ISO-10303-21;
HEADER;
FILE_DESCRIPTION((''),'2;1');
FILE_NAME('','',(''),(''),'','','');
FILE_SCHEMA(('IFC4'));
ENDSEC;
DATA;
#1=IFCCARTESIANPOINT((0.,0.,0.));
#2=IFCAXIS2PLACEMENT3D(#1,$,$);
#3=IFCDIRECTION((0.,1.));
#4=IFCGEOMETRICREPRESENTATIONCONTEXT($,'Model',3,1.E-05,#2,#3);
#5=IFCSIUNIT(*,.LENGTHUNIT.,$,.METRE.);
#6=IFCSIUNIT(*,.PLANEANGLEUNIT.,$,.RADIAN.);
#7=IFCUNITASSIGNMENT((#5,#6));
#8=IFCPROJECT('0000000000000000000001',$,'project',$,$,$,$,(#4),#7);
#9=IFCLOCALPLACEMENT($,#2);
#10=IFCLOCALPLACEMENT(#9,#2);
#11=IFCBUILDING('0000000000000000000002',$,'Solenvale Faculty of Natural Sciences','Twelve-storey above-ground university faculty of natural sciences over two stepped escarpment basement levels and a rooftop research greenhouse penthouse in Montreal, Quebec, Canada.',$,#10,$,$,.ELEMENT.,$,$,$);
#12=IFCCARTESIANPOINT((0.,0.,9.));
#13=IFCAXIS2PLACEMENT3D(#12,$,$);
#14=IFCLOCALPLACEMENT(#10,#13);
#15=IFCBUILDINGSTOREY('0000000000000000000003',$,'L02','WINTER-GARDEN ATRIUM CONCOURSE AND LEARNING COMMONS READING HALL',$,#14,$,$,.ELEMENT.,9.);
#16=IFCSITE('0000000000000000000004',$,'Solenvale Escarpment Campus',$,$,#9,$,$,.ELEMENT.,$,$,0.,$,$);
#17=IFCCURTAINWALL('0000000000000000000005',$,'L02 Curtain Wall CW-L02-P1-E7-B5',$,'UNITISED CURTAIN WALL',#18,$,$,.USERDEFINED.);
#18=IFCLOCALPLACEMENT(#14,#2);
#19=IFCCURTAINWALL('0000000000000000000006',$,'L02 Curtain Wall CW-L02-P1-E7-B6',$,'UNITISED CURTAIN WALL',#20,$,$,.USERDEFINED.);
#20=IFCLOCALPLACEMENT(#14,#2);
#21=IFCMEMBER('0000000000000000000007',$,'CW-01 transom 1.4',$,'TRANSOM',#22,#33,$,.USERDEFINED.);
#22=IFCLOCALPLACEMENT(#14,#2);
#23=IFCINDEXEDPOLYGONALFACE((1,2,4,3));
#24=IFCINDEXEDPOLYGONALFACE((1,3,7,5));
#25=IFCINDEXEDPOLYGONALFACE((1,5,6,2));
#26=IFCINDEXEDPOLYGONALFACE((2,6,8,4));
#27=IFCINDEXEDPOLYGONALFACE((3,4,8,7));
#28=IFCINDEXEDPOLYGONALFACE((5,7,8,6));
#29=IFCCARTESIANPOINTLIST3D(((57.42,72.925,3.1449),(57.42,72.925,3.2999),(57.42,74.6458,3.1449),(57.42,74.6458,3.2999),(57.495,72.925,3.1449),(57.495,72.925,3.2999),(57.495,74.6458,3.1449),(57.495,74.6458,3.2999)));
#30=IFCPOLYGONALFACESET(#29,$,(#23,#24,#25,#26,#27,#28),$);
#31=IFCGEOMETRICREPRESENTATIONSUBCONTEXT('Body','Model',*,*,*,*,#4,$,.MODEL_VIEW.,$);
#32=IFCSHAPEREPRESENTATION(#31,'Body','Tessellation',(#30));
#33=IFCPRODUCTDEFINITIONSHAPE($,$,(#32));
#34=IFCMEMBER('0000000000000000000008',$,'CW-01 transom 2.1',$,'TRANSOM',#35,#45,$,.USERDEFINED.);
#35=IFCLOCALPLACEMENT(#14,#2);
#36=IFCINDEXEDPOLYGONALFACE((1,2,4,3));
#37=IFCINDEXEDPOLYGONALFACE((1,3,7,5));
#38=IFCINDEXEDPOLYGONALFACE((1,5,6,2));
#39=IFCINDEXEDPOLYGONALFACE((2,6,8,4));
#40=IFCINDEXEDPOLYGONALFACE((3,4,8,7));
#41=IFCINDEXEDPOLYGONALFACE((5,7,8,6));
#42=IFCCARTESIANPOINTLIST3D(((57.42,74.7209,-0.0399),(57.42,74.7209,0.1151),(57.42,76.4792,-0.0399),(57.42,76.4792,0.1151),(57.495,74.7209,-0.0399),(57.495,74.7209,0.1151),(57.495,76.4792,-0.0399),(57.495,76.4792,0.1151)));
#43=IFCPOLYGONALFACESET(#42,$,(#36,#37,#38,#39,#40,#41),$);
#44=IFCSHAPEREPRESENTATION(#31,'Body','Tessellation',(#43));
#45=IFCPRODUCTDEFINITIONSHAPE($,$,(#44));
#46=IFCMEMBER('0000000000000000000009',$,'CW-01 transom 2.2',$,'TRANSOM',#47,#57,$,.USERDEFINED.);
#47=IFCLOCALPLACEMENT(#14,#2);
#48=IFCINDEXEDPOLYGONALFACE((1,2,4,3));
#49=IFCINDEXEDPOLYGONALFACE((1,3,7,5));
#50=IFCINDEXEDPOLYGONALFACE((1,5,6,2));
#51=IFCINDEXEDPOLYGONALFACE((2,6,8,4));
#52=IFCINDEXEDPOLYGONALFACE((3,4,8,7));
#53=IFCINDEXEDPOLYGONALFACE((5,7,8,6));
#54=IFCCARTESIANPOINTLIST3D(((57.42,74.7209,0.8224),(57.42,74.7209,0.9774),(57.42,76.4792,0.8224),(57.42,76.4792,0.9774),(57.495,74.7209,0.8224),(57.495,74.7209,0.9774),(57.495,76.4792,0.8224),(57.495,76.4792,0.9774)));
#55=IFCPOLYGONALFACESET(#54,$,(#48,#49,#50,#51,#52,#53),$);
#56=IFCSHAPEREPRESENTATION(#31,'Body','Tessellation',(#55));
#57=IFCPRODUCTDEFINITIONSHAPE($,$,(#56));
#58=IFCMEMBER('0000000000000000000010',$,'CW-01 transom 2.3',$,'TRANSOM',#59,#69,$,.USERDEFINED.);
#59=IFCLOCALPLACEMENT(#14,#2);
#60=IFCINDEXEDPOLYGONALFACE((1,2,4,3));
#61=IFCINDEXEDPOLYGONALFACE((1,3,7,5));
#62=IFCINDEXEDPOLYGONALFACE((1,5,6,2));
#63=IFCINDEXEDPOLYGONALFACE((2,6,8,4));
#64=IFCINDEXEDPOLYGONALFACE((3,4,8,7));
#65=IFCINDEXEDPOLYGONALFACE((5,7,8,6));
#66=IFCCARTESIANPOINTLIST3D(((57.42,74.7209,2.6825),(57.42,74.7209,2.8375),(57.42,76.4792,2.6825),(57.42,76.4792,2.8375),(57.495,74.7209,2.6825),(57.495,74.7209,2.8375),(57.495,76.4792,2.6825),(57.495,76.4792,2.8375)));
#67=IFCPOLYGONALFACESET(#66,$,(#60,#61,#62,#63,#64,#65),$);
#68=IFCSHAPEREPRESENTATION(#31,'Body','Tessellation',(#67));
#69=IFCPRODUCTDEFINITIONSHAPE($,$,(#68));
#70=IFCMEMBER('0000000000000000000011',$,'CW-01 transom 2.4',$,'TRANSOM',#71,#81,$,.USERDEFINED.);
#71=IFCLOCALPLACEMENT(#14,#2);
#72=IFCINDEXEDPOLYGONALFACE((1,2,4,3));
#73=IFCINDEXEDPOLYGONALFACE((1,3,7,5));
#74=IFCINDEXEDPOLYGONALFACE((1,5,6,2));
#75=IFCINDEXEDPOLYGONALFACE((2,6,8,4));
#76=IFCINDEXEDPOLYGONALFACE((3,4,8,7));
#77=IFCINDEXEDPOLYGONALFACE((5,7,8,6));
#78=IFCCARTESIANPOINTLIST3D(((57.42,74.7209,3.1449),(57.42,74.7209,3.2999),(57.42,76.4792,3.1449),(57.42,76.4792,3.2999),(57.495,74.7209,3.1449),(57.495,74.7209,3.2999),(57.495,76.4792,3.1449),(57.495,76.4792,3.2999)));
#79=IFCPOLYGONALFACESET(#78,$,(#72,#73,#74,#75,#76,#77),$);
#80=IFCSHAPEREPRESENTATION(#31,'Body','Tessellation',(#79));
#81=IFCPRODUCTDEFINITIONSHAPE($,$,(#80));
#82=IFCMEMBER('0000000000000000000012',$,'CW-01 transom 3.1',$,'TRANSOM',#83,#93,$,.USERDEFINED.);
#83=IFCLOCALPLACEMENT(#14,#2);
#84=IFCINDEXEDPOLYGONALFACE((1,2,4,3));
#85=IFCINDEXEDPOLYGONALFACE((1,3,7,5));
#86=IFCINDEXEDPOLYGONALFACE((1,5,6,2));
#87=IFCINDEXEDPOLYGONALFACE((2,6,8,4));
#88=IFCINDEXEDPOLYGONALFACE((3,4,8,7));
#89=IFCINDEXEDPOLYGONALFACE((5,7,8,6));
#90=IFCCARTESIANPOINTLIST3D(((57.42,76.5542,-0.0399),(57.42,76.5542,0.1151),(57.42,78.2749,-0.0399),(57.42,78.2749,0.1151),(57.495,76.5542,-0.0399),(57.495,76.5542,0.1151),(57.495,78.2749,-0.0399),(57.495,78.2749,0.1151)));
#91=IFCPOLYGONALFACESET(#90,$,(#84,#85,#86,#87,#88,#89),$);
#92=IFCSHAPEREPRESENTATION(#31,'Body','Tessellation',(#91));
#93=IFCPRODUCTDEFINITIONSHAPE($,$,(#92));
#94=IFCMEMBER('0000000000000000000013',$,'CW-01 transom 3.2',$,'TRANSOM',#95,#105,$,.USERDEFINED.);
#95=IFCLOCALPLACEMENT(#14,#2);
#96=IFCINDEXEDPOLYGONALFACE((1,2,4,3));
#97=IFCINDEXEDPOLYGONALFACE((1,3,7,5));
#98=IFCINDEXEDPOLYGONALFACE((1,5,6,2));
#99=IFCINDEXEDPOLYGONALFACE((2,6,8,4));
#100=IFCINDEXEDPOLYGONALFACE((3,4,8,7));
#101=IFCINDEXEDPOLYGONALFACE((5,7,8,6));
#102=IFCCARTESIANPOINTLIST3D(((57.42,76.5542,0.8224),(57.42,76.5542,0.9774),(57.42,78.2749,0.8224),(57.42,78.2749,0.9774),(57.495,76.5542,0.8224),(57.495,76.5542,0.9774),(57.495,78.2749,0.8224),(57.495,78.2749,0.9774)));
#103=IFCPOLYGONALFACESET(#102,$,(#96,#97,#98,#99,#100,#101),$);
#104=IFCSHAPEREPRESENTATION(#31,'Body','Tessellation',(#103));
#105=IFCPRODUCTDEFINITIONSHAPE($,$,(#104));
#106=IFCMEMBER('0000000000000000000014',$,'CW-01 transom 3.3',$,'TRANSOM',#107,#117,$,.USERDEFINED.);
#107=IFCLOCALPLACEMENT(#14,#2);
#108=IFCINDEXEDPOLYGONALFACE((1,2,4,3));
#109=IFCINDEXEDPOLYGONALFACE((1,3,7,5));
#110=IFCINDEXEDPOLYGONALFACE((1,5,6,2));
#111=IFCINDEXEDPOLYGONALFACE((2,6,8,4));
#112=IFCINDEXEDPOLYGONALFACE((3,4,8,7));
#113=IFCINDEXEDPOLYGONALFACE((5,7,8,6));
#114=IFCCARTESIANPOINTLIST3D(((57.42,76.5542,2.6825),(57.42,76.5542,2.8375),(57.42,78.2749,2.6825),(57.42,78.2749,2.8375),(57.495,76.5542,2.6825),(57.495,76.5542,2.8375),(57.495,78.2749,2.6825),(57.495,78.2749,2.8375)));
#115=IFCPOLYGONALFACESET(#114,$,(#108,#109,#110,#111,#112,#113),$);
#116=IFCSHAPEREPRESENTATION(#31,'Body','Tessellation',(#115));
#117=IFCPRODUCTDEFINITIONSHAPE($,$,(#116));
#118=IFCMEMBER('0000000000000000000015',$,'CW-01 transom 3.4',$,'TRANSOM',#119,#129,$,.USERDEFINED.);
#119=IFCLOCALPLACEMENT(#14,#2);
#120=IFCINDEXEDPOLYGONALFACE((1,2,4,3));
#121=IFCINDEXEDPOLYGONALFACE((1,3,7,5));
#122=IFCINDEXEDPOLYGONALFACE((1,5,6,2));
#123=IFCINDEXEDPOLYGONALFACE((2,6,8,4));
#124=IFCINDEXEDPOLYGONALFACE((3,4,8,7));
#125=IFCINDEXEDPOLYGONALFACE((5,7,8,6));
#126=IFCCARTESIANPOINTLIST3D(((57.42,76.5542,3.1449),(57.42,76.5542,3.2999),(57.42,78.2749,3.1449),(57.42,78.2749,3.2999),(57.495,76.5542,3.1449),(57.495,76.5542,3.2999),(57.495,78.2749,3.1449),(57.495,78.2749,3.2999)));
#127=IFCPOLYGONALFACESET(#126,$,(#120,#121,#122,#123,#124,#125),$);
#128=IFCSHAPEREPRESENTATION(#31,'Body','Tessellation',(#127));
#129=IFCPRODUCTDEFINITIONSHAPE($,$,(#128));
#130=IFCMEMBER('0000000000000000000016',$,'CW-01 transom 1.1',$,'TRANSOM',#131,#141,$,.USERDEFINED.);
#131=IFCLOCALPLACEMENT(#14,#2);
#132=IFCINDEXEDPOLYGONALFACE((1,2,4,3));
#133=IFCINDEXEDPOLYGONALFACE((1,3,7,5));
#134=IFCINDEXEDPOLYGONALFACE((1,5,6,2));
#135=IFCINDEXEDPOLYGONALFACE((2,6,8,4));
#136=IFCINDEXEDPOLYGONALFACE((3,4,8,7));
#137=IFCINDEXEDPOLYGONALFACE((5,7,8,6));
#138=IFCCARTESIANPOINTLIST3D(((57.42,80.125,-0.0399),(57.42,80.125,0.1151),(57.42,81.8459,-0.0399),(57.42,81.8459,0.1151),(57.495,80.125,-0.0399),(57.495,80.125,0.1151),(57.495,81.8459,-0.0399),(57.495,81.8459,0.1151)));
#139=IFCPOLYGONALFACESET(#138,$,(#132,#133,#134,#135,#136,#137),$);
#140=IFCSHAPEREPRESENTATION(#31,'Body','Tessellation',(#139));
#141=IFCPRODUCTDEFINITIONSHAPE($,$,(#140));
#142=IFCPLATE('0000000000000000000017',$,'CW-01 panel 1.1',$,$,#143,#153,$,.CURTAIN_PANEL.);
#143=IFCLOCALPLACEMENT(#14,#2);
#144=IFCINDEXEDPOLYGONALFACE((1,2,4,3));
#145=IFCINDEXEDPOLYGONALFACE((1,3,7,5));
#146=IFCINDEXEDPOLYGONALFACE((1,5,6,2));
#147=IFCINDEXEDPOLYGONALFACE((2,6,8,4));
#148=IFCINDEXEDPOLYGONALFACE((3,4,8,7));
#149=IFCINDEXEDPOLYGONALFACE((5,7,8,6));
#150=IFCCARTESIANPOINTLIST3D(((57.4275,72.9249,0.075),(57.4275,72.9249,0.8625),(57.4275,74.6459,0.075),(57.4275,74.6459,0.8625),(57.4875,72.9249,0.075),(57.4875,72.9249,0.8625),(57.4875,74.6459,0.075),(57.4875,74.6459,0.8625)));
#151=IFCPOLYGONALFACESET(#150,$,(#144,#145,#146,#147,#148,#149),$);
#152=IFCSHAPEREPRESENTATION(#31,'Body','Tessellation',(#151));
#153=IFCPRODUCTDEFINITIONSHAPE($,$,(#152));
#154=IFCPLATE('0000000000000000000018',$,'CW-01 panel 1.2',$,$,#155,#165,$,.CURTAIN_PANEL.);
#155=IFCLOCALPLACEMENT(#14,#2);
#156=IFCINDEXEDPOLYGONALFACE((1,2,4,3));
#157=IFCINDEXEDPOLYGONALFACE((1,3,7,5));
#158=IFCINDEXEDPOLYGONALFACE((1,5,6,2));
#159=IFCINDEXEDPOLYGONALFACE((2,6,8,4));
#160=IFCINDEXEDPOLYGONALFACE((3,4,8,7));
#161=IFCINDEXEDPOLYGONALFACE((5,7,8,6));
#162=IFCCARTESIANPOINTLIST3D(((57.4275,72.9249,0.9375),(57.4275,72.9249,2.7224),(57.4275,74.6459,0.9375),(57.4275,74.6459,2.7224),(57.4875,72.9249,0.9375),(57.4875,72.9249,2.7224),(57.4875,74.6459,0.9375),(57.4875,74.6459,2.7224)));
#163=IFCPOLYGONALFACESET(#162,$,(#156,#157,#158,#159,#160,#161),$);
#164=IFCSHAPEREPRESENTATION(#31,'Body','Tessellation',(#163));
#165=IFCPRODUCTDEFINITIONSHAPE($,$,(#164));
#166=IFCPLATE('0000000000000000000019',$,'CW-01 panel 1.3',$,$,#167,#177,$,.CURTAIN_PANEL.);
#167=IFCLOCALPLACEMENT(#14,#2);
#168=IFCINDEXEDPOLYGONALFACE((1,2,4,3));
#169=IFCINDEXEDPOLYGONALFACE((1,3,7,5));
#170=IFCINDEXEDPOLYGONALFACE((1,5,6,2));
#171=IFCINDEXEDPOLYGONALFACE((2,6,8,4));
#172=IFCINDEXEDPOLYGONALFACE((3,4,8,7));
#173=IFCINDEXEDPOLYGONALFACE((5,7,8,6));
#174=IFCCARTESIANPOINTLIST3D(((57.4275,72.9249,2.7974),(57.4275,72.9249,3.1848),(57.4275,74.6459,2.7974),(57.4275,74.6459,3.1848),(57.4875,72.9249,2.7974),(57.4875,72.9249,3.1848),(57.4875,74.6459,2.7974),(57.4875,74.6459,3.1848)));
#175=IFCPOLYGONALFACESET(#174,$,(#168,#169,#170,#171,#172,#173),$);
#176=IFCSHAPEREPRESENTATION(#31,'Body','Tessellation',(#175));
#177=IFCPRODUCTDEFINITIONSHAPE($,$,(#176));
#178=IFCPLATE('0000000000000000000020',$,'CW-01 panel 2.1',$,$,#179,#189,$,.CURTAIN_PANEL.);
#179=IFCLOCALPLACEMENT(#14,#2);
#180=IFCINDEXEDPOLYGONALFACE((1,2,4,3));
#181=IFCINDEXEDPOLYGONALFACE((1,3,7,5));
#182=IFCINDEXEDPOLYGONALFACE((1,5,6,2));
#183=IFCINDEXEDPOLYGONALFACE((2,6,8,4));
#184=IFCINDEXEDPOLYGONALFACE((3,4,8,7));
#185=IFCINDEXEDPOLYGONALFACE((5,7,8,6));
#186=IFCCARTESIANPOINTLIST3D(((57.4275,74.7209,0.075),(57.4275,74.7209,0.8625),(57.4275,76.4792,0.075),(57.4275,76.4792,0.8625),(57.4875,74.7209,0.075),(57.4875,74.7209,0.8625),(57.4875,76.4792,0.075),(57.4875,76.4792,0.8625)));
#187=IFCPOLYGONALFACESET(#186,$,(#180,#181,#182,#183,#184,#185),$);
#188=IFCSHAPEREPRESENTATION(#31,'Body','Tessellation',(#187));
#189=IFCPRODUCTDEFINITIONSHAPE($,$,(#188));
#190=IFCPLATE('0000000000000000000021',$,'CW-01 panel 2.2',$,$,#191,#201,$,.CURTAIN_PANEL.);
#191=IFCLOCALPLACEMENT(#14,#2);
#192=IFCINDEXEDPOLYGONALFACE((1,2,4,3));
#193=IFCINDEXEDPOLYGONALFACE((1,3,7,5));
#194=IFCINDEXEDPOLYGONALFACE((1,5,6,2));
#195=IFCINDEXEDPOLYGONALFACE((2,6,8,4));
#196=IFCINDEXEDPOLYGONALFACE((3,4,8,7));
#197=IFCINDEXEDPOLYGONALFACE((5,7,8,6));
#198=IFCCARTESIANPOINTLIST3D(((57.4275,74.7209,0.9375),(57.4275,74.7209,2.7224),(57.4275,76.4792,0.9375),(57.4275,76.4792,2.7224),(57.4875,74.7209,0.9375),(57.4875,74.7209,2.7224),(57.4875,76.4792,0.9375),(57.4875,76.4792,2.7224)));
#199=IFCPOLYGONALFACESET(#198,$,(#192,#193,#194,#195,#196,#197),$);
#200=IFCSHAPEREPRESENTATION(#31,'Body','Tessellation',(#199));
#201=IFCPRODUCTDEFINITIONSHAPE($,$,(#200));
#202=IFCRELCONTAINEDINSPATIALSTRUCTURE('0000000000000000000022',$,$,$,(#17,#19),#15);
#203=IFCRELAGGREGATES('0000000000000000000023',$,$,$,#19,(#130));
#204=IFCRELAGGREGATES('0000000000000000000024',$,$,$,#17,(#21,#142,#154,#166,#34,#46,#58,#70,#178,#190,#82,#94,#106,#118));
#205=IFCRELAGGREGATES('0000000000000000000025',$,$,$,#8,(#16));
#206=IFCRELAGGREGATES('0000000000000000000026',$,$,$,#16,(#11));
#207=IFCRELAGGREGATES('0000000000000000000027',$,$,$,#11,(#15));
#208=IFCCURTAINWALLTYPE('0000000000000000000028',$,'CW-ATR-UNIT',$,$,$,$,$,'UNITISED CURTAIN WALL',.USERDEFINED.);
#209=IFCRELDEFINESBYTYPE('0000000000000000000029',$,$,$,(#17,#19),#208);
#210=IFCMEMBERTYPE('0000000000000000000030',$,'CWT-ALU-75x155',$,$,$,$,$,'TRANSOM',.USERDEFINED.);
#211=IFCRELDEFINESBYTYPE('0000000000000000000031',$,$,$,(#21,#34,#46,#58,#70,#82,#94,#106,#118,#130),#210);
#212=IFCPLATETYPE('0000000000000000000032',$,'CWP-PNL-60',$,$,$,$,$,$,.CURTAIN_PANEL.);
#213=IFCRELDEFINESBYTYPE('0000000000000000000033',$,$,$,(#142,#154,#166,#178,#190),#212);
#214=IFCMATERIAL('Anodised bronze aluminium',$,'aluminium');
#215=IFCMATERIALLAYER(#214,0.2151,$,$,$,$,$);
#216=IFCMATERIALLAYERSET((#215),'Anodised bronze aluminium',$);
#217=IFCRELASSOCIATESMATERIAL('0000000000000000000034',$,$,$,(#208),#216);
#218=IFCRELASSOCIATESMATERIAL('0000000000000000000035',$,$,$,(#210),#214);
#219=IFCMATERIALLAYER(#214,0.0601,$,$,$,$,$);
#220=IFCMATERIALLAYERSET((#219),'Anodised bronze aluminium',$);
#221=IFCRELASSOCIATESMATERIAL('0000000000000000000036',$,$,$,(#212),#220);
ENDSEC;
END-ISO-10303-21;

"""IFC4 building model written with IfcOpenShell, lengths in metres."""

from ifc_helpers import new_model, si_unit, direction, frame, origin, origin_2d, place, context, subcontext, project, spatial, rectangle, extrude, material, layer, layer_set, material_profile, profile_set, type_object, element, aggregate, save


model = new_model("IFC4")

# Units and contexts
model_context = context("Model", 3, precision=1e-05, world=origin(), true_north=direction((0.0, 1.0)))
body_context = subcontext(model_context, "Body", "Model", "MODEL_VIEW")
ifc_project = project(units=[si_unit("LENGTHUNIT", "METRE"), si_unit("PLANEANGLEUNIT", "RADIAN")], contexts=[model_context])

# Site, building, storey
site_placement = place(None, origin())
site = spatial("IfcSite", under=ifc_project, at=site_placement, Name="Solenvale Escarpment Campus", CompositionType="ELEMENT", RefElevation=0.0)
building_placement = place(site_placement, origin())
building = spatial("IfcBuilding", under=site, at=building_placement, Name="Solenvale Faculty of Natural Sciences", Description="Twelve-storey above-ground university faculty of natural sciences over two stepped escarpment basement levels and a rooftop research greenhouse penthouse in Montreal, Quebec, Canada.", CompositionType="ELEMENT")
storey_placement = place(building_placement, frame((0.0, 0.0, 9.0)))
storey = spatial("IfcBuildingStorey", under=building, at=storey_placement, Name="L02", Description="WINTER-GARDEN ATRIUM CONCOURSE AND LEARNING COMMONS READING HALL", CompositionType="ELEMENT", Elevation=9.0)

# Curtain wall
ifc_material_1 = material(Name="Anodised bronze aluminium", Category="aluminium")
ifc_layer_1 = layer(ifc_material_1, 0.2151)
ifc_layer_set_1 = layer_set([ifc_layer_1], Name="Anodised bronze aluminium")
curtain_wall_type = type_object("IfcCurtainWallType", Name="CW-ATR-UNIT", ElementType="UNITISED CURTAIN WALL", PredefinedType="USERDEFINED", material=ifc_layer_set_1)
curtain_wall_1_placement = place(storey_placement, origin())
curtain_wall_1 = element("IfcCurtainWall", 1, at=curtain_wall_1_placement, inside=storey, type_object=curtain_wall_type, Name="L02 Curtain Wall CW-L02-P1-E7-B5", ObjectType="UNITISED CURTAIN WALL", PredefinedType="USERDEFINED")

# Curtain wall
curtain_wall_2_placement = place(storey_placement, origin())
curtain_wall_2 = element("IfcCurtainWall", 2, at=curtain_wall_2_placement, inside=storey, type_object=curtain_wall_type, Name="L02 Curtain Wall CW-L02-P1-E7-B6", ObjectType="UNITISED CURTAIN WALL", PredefinedType="USERDEFINED")

# Members
ifc_material_profile_1 = material_profile(ifc_material_1, rectangle(XDim=0.075, YDim=0.155, at=origin_2d()), Name="ALU-TRN-75x155")
ifc_profile_set_1 = profile_set([ifc_material_profile_1], Name="Anodised bronze aluminium")
member_type_1 = type_object("IfcMemberType", Name="CWT-ALU-75x155", ElementType="TRANSOM", PredefinedType="USERDEFINED", material=ifc_profile_set_1)
member_1_placement = place(storey_placement, frame((57.4575, 72.925, 3.2224), z_axis=(0.0, 1.0, 0.0), x_axis=(-1.0, 0.0, 0.0)))
member_1 = element("IfcMember", 3, at=member_1_placement, type_object=member_type_1, Name="CW-01 transom 1.4", ObjectType="TRANSOM", PredefinedType="USERDEFINED", context=body_context, shape_type="SweptSolid", body=[
    extrude(rectangle(XDim=0.075, YDim=0.155, at=origin_2d()), origin(), (0.0, 0.0, 1.0), 1.7207),
])
member_2_placement = place(storey_placement, frame((57.4575, 74.7209, 0.0376), z_axis=(0.0, 1.0, 0.0), x_axis=(-1.0, 0.0, 0.0)))
member_2 = element("IfcMember", 4, at=member_2_placement, type_object=member_type_1, Name="CW-01 transom 2.1", ObjectType="TRANSOM", PredefinedType="USERDEFINED", context=body_context, shape_type="SweptSolid", body=[
    extrude(rectangle(XDim=0.075, YDim=0.155, at=origin_2d()), origin(), (0.0, 0.0, 1.0), 1.7583),
])
member_3_placement = place(storey_placement, frame((57.4575, 74.7209, 0.8999), z_axis=(0.0, 1.0, 0.0), x_axis=(-1.0, 0.0, 0.0)))
member_3 = element("IfcMember", 5, at=member_3_placement, type_object=member_type_1, Name="CW-01 transom 2.2", ObjectType="TRANSOM", PredefinedType="USERDEFINED", context=body_context, shape_type="SweptSolid", body=[
    extrude(rectangle(XDim=0.075, YDim=0.155, at=origin_2d()), origin(), (0.0, 0.0, 1.0), 1.7583),
])
member_4_placement = place(storey_placement, frame((57.4575, 74.7209, 2.76), z_axis=(0.0, 1.0, 0.0), x_axis=(-1.0, 0.0, 0.0)))
member_4 = element("IfcMember", 6, at=member_4_placement, type_object=member_type_1, Name="CW-01 transom 2.3", ObjectType="TRANSOM", PredefinedType="USERDEFINED", context=body_context, shape_type="SweptSolid", body=[
    extrude(rectangle(XDim=0.075, YDim=0.155, at=origin_2d()), origin(), (0.0, 0.0, 1.0), 1.7583),
])
member_5_placement = place(storey_placement, frame((57.4575, 74.7209, 3.2224), z_axis=(0.0, 1.0, 0.0), x_axis=(-1.0, 0.0, 0.0)))
member_5 = element("IfcMember", 7, at=member_5_placement, type_object=member_type_1, Name="CW-01 transom 2.4", ObjectType="TRANSOM", PredefinedType="USERDEFINED", context=body_context, shape_type="SweptSolid", body=[
    extrude(rectangle(XDim=0.075, YDim=0.155, at=origin_2d()), origin(), (0.0, 0.0, 1.0), 1.7583),
])
member_6_placement = place(storey_placement, frame((57.4575, 76.5542, 0.0376), z_axis=(0.0, 1.0, 0.0), x_axis=(-1.0, 0.0, 0.0)))
member_6 = element("IfcMember", 8, at=member_6_placement, type_object=member_type_1, Name="CW-01 transom 3.1", ObjectType="TRANSOM", PredefinedType="USERDEFINED", context=body_context, shape_type="SweptSolid", body=[
    extrude(rectangle(XDim=0.075, YDim=0.155, at=origin_2d()), origin(), (0.0, 0.0, 1.0), 1.7207),
])
member_7_placement = place(storey_placement, frame((57.4575, 76.5542, 0.8999), z_axis=(0.0, 1.0, 0.0), x_axis=(-1.0, 0.0, 0.0)))
member_7 = element("IfcMember", 9, at=member_7_placement, type_object=member_type_1, Name="CW-01 transom 3.2", ObjectType="TRANSOM", PredefinedType="USERDEFINED", context=body_context, shape_type="SweptSolid", body=[
    extrude(rectangle(XDim=0.075, YDim=0.155, at=origin_2d()), origin(), (0.0, 0.0, 1.0), 1.7207),
])
member_8_placement = place(storey_placement, frame((57.4575, 76.5542, 2.76), z_axis=(0.0, 1.0, 0.0), x_axis=(-1.0, 0.0, 0.0)))
member_8 = element("IfcMember", 10, at=member_8_placement, type_object=member_type_1, Name="CW-01 transom 3.3", ObjectType="TRANSOM", PredefinedType="USERDEFINED", context=body_context, shape_type="SweptSolid", body=[
    extrude(rectangle(XDim=0.075, YDim=0.155, at=origin_2d()), origin(), (0.0, 0.0, 1.0), 1.7207),
])
member_9_placement = place(storey_placement, frame((57.4575, 76.5542, 3.2224), z_axis=(0.0, 1.0, 0.0), x_axis=(-1.0, 0.0, 0.0)))
member_9 = element("IfcMember", 11, at=member_9_placement, type_object=member_type_1, Name="CW-01 transom 3.4", ObjectType="TRANSOM", PredefinedType="USERDEFINED", context=body_context, shape_type="SweptSolid", body=[
    extrude(rectangle(XDim=0.075, YDim=0.155, at=origin_2d()), origin(), (0.0, 0.0, 1.0), 1.7207),
])
member_10_placement = place(storey_placement, frame((57.4575, 80.125, 0.0376), z_axis=(0.0, 1.0, 0.0), x_axis=(-1.0, 0.0, 0.0)))
member_10 = element("IfcMember", 12, at=member_10_placement, type_object=member_type_1, Name="CW-01 transom 1.1", ObjectType="TRANSOM", PredefinedType="USERDEFINED", context=body_context, shape_type="SweptSolid", body=[
    extrude(rectangle(XDim=0.075, YDim=0.155, at=origin_2d()), origin(), (0.0, 0.0, 1.0), 1.7209),
])
aggregate(curtain_wall_2, [member_10])

# Plates
ifc_layer_2 = layer(ifc_material_1, 0.0601)
ifc_layer_set_2 = layer_set([ifc_layer_2], Name="Anodised bronze aluminium")
plate_type = type_object("IfcPlateType", Name="CWP-PNL-60", PredefinedType="CURTAIN_PANEL", material=ifc_layer_set_2)
plate_1_placement = place(storey_placement, frame((57.4575, 73.7854, 0.075), z_axis=(0.0, 0.0, 1.0), x_axis=(0.0, 1.0, 0.0)))
plate_1 = element("IfcPlate", 13, at=plate_1_placement, type_object=plate_type, Name="CW-01 panel 1.1", PredefinedType="CURTAIN_PANEL", context=body_context, shape_type="SweptSolid", body=[
    extrude(rectangle(XDim=1.7209, YDim=0.0601, at=origin_2d()), origin(), (0.0, 0.0, 1.0), 0.7876),
])
plate_2_placement = place(storey_placement, frame((57.4575, 73.7854, 0.9375), z_axis=(0.0, 0.0, 1.0), x_axis=(0.0, 1.0, 0.0)))
plate_2 = element("IfcPlate", 14, at=plate_2_placement, type_object=plate_type, Name="CW-01 panel 1.2", PredefinedType="CURTAIN_PANEL", context=body_context, shape_type="SweptSolid", body=[
    extrude(rectangle(XDim=1.7209, YDim=0.0601, at=origin_2d()), origin(), (0.0, 0.0, 1.0), 1.7849),
])
plate_3_placement = place(storey_placement, frame((57.4575, 73.7854, 2.7974), z_axis=(0.0, 0.0, 1.0), x_axis=(0.0, 1.0, 0.0)))
plate_3 = element("IfcPlate", 15, at=plate_3_placement, type_object=plate_type, Name="CW-01 panel 1.3", PredefinedType="CURTAIN_PANEL", context=body_context, shape_type="SweptSolid", body=[
    extrude(rectangle(XDim=1.7209, YDim=0.0601, at=origin_2d()), origin(), (0.0, 0.0, 1.0), 0.3875),
])
plate_4_placement = place(storey_placement, frame((57.4575, 75.6001, 0.075), z_axis=(0.0, 0.0, 1.0), x_axis=(0.0, 1.0, 0.0)))
plate_4 = element("IfcPlate", 16, at=plate_4_placement, type_object=plate_type, Name="CW-01 panel 2.1", PredefinedType="CURTAIN_PANEL", context=body_context, shape_type="SweptSolid", body=[
    extrude(rectangle(XDim=1.7583, YDim=0.0601, at=origin_2d()), origin(), (0.0, 0.0, 1.0), 0.7876),
])
plate_5_placement = place(storey_placement, frame((57.4575, 75.6001, 0.9375), z_axis=(0.0, 0.0, 1.0), x_axis=(0.0, 1.0, 0.0)))
plate_5 = element("IfcPlate", 17, at=plate_5_placement, type_object=plate_type, Name="CW-01 panel 2.2", PredefinedType="CURTAIN_PANEL", context=body_context, shape_type="SweptSolid", body=[
    extrude(rectangle(XDim=1.7583, YDim=0.0601, at=origin_2d()), origin(), (0.0, 0.0, 1.0), 1.7849),
])
aggregate(curtain_wall_1, [member_1, plate_1, plate_2, plate_3, member_2, member_3, member_4, member_5, plate_4, plate_5, member_6, member_7, member_8, member_9])

save(model, "model.ifc")
